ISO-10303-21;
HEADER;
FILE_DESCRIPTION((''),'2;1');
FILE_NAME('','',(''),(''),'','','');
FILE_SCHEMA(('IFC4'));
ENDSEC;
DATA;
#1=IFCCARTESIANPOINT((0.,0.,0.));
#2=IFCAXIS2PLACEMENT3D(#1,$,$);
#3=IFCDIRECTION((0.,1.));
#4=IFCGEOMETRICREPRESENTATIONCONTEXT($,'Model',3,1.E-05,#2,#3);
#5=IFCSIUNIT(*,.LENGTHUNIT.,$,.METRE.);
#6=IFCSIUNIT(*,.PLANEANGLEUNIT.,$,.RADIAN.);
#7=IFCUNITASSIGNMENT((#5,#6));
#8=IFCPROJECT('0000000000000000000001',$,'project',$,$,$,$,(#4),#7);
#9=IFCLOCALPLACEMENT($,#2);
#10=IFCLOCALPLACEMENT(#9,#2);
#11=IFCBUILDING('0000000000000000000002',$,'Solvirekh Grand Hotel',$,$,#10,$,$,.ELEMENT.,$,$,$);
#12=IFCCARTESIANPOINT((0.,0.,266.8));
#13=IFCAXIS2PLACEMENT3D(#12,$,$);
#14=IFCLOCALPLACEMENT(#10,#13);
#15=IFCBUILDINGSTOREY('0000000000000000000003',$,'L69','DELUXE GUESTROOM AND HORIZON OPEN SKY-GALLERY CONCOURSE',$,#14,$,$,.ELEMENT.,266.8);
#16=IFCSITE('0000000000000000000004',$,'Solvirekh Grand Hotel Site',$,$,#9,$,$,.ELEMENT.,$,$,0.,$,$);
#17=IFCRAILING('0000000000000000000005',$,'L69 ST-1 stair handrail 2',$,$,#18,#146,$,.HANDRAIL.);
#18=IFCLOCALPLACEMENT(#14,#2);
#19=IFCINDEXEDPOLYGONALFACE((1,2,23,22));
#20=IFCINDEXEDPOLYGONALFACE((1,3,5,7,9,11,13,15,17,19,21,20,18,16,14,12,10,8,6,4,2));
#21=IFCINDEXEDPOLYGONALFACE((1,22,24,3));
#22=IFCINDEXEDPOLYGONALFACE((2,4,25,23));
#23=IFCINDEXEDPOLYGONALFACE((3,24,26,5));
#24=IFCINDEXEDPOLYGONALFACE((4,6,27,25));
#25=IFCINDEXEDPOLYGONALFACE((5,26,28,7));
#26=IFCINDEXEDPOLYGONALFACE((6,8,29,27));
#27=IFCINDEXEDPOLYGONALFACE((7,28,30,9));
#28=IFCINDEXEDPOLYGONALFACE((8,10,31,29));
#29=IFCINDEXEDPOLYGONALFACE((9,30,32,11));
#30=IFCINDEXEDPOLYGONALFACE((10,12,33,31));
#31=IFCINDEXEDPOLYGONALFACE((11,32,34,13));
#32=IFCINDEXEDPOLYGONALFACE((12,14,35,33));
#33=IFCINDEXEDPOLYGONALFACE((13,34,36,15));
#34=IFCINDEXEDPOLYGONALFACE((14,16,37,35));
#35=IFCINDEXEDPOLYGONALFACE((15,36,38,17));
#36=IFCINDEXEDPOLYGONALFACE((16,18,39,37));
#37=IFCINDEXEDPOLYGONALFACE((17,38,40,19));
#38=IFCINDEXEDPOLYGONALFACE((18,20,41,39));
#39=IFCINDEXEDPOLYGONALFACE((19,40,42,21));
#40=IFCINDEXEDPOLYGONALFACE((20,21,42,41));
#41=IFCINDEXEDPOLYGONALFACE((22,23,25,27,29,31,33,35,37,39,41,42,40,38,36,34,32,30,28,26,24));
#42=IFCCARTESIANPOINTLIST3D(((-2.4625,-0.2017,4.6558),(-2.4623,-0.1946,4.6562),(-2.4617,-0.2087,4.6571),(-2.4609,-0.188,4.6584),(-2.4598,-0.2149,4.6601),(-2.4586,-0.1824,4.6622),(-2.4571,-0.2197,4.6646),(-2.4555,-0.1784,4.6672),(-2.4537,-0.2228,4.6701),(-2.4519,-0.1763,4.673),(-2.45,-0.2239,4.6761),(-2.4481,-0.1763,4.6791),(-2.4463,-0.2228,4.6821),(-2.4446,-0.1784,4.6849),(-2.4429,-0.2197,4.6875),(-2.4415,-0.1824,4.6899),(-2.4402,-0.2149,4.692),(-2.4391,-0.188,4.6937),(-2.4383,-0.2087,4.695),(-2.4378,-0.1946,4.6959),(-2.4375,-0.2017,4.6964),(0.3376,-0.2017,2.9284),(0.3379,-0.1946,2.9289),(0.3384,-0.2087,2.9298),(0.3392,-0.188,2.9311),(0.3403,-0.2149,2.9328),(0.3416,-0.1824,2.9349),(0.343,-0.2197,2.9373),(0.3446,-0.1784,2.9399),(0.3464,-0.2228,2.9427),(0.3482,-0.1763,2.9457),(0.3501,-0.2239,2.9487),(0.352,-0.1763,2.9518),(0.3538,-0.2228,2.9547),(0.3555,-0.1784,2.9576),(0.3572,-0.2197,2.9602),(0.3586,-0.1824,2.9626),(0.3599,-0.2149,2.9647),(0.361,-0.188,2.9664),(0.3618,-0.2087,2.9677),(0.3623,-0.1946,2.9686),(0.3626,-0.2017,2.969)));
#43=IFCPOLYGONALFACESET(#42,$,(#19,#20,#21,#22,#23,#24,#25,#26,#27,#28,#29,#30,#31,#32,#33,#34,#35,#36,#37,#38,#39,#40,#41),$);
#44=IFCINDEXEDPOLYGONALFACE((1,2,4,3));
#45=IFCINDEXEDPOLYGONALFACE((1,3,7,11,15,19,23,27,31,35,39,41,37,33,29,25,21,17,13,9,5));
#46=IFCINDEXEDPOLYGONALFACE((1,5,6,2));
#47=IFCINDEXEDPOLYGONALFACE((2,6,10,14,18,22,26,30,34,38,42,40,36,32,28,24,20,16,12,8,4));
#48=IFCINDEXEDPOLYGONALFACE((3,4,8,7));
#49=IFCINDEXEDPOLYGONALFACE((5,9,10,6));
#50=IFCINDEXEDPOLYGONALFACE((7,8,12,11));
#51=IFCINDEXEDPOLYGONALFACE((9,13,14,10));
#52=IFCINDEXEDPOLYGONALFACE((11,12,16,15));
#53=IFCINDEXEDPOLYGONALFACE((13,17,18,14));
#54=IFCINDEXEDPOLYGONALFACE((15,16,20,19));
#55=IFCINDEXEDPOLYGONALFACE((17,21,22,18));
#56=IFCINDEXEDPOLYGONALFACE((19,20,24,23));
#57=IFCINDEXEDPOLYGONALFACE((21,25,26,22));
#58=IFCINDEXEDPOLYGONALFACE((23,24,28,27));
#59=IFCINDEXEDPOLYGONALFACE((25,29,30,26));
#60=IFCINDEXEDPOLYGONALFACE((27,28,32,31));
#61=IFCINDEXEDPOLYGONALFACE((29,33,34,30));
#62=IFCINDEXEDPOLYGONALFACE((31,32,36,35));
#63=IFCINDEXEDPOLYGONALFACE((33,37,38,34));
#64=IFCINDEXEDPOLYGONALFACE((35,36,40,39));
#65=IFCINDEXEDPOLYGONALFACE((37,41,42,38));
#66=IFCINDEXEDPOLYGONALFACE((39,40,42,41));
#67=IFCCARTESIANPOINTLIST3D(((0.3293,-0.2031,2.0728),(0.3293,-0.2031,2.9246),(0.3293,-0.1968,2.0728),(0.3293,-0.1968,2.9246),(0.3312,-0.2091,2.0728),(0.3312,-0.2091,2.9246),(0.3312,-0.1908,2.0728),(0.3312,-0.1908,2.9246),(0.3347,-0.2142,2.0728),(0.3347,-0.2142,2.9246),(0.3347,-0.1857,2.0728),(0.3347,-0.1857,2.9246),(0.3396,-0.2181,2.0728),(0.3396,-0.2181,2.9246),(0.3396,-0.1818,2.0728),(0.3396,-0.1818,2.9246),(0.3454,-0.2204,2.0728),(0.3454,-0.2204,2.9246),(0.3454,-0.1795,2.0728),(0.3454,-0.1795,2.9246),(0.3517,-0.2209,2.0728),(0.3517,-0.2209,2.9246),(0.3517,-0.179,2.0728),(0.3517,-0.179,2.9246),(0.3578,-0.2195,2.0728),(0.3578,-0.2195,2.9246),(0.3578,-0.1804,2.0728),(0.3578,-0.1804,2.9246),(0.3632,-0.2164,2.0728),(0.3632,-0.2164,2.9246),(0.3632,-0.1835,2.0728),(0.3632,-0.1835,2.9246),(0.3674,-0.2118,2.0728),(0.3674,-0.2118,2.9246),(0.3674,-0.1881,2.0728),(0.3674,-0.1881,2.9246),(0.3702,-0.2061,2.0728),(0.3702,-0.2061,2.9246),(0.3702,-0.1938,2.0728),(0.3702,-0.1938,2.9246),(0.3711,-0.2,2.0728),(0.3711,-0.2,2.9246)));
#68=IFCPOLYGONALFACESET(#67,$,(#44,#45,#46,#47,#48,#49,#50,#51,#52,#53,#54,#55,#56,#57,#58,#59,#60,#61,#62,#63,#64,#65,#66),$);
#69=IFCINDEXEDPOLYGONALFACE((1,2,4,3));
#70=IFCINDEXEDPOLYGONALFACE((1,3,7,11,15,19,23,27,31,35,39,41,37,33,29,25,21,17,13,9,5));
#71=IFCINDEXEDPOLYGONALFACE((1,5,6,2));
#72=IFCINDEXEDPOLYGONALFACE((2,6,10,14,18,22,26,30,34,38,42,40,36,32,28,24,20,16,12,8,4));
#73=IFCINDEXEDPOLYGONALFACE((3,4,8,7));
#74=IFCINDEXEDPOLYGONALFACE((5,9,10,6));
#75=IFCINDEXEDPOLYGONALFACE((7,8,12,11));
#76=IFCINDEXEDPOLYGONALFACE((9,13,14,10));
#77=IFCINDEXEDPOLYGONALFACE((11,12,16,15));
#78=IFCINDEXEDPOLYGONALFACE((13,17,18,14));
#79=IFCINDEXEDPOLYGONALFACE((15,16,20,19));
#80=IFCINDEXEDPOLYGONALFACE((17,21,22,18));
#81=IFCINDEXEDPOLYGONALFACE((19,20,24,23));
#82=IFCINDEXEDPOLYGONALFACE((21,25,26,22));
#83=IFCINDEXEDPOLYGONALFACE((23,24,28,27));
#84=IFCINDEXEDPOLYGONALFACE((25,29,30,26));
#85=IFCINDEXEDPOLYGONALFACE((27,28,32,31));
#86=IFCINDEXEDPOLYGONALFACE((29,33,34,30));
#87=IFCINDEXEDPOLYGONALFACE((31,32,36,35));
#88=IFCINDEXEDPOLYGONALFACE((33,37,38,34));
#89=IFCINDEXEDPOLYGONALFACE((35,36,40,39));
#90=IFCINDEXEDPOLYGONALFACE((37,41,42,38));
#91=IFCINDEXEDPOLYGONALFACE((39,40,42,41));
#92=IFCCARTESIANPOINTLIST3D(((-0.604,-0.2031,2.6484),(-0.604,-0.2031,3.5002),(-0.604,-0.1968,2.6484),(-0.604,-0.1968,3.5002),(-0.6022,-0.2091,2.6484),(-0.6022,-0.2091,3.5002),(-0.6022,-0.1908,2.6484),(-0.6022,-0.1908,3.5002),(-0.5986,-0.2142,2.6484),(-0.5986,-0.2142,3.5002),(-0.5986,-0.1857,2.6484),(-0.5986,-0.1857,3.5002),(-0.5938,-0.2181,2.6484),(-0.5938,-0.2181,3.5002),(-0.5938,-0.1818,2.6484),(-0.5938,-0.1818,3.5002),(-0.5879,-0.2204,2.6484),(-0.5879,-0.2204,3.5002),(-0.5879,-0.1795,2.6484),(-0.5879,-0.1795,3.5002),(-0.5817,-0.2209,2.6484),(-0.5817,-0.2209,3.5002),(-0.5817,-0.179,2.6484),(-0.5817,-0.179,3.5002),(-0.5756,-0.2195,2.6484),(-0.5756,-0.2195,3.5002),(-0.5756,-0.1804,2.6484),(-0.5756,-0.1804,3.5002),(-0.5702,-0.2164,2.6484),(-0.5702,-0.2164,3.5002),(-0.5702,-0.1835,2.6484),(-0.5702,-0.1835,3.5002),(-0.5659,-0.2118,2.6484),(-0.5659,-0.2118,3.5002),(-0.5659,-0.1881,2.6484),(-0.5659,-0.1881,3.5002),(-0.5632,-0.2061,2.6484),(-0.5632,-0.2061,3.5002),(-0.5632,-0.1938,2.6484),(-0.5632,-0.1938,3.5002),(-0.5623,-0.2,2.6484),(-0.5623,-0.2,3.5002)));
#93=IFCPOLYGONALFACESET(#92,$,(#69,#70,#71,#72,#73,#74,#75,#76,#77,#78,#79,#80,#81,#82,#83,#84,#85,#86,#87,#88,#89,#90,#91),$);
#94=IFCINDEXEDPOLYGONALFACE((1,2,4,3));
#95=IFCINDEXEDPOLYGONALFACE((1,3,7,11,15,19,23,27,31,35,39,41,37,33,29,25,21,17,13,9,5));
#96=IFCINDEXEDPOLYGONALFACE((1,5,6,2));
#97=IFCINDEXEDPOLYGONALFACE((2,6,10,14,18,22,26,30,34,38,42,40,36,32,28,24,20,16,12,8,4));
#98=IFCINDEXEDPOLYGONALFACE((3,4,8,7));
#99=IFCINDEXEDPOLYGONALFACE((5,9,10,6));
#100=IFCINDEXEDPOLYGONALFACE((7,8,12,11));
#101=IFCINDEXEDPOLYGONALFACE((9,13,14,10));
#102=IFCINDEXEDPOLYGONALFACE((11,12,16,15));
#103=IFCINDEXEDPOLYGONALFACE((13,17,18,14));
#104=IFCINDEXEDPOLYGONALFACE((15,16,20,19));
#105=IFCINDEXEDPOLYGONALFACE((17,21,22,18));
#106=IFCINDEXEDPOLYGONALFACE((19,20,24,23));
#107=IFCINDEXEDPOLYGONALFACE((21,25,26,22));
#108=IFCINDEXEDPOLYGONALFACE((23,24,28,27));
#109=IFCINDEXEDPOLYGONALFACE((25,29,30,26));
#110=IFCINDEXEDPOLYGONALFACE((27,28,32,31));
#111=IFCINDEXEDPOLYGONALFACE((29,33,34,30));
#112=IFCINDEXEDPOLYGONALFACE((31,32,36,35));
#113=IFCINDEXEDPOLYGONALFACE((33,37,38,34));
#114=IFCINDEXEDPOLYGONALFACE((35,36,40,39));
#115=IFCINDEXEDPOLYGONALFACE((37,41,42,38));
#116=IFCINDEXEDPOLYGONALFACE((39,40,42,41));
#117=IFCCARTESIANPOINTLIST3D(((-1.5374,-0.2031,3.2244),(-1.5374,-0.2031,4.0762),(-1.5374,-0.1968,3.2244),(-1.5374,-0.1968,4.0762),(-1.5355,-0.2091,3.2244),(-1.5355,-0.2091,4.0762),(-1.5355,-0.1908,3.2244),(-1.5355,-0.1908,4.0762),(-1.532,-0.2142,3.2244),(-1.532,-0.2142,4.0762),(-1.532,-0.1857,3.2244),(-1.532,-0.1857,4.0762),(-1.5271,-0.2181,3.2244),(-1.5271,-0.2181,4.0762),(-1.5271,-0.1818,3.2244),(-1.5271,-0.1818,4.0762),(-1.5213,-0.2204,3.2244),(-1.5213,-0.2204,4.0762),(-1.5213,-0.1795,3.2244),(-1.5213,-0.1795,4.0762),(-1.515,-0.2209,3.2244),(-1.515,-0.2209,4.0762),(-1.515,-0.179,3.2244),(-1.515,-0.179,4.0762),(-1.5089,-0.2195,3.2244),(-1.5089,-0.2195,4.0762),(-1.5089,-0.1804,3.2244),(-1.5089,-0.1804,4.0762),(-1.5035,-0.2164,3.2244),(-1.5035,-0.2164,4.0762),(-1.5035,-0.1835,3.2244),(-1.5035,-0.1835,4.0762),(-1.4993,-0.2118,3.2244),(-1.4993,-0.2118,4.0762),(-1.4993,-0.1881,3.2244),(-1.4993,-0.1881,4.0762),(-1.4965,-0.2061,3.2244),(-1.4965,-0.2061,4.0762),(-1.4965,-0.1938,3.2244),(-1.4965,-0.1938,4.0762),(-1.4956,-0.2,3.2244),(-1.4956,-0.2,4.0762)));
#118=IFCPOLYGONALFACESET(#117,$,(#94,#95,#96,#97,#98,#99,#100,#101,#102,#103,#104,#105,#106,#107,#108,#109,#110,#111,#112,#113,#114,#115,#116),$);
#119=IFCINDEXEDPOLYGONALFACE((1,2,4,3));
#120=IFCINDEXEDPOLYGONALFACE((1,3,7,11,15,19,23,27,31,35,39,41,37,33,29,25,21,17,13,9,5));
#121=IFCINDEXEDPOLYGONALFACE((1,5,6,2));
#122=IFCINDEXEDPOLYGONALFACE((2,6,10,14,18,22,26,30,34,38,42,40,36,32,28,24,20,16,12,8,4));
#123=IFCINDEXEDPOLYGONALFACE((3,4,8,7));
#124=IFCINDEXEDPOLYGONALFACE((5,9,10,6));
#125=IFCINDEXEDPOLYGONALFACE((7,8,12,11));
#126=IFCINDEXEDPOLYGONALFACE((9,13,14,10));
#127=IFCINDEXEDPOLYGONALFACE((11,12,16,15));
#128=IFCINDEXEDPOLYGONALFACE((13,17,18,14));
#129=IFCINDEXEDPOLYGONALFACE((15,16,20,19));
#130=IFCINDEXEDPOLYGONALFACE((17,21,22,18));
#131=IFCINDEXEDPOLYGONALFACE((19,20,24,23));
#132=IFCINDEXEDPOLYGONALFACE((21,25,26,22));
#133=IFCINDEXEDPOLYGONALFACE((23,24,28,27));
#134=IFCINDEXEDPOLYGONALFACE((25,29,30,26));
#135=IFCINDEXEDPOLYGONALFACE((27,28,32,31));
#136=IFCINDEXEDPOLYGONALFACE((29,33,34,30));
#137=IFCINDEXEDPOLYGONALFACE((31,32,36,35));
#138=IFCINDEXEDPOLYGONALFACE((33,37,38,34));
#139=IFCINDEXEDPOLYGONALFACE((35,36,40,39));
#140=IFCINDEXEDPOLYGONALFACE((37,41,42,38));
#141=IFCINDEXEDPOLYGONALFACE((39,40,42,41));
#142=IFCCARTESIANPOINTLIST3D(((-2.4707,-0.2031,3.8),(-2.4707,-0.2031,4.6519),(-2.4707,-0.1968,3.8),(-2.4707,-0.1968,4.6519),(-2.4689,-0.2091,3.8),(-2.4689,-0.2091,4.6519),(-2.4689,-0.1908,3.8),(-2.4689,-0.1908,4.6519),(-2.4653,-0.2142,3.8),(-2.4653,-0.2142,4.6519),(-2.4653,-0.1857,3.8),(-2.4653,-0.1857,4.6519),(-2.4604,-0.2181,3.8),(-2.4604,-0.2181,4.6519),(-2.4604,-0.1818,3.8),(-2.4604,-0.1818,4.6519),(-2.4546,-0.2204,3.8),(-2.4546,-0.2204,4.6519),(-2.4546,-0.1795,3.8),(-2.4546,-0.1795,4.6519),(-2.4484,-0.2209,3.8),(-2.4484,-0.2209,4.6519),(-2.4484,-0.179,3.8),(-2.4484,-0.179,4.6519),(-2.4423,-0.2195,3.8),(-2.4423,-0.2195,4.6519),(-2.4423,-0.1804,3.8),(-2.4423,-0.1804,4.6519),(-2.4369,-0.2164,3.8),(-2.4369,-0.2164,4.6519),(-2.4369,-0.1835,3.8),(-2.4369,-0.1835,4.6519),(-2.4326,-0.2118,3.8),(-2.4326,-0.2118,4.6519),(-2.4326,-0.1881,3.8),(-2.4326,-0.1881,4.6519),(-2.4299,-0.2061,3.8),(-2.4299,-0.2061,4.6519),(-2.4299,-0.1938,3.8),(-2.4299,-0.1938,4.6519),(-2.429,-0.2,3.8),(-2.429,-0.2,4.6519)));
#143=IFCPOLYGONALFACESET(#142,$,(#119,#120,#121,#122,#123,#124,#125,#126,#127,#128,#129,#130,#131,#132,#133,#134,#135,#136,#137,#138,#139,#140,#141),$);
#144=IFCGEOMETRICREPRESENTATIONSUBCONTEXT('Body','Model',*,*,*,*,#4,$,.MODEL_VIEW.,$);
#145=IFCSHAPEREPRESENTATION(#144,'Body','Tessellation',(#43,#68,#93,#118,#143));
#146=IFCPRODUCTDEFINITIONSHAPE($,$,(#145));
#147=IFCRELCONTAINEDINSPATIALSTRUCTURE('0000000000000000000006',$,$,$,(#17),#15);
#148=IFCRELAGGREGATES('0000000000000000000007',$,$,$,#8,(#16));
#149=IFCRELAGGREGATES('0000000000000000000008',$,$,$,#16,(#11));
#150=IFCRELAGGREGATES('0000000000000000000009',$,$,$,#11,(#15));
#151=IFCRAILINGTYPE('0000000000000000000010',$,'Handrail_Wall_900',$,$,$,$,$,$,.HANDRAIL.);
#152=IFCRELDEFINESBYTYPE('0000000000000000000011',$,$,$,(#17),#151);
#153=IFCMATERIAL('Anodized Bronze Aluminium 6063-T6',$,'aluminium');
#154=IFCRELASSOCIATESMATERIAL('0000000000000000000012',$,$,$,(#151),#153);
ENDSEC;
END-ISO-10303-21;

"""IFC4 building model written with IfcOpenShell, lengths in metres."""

from ifc_helpers import new_model, si_unit, direction, frame, origin, origin_2d, place, context, subcontext, project, spatial, circle, extrude, material, type_object, element, save


model = new_model("IFC4")

# Units and contexts
model_context = context("Model", 3, precision=1e-05, world=origin(), true_north=direction((0.0, 1.0)))
body_context = subcontext(model_context, "Body", "Model", "MODEL_VIEW")
ifc_project = project(units=[si_unit("LENGTHUNIT", "METRE"), si_unit("PLANEANGLEUNIT", "RADIAN")], contexts=[model_context])

# Site, building, storey
site_placement = place(None, origin())
site = spatial("IfcSite", under=ifc_project, at=site_placement, Name="Solvirekh Grand Hotel Site", CompositionType="ELEMENT", RefElevation=0.0)
building_placement = place(site_placement, origin())
building = spatial("IfcBuilding", under=site, at=building_placement, Name="Solvirekh Grand Hotel", CompositionType="ELEMENT")
storey_placement = place(building_placement, frame((0.0, 0.0, 266.8)))
storey = spatial("IfcBuildingStorey", under=building, at=storey_placement, Name="L69", Description="DELUXE GUESTROOM AND HORIZON OPEN SKY-GALLERY CONCOURSE", CompositionType="ELEMENT", Elevation=266.8)

# Railing
ifc_material_1 = material(Name="Anodized Bronze Aluminium 6063-T6", Category="aluminium")
railing_type_1 = type_object("IfcRailingType", Name="Handrail_Wall_900", PredefinedType="HANDRAIL", material=ifc_material_1)
railing_1_placement = place(storey_placement, frame((0.3501, -0.2, 2.0728)))
element("IfcRailing", 1, at=railing_1_placement, inside=storey, type_object=railing_type_1, Name="L69 ST-1 stair handrail 2", PredefinedType="HANDRAIL", context=body_context, shape_type="SweptSolid", body=[
    extrude(circle(Radius=0.0239, at=origin_2d()), frame((0.0, 0.0, 0.876), z_axis=(-0.85109, 0.0, 0.52502), x_axis=(0.0, -1.0, 0.0)), (0.0, 0.0, 1.0), 3.29),
    extrude(circle(Radius=0.021, at=origin_2d()), origin(), (0.0, 0.0, 1.0), 0.8518),
    extrude(circle(Radius=0.021, at=origin_2d()), frame((-0.9333, 0.0, 0.5757)), (0.0, 0.0, 1.0), 0.8518),
    extrude(circle(Radius=0.021, at=origin_2d()), frame((-1.8667, 0.0, 1.1516)), (0.0, 0.0, 1.0), 0.8518),
    extrude(circle(Radius=0.021, at=origin_2d()), frame((-2.8, 0.0, 1.7273)), (0.0, 0.0, 1.0), 0.8518),
])

save(model, "model.ifc")
